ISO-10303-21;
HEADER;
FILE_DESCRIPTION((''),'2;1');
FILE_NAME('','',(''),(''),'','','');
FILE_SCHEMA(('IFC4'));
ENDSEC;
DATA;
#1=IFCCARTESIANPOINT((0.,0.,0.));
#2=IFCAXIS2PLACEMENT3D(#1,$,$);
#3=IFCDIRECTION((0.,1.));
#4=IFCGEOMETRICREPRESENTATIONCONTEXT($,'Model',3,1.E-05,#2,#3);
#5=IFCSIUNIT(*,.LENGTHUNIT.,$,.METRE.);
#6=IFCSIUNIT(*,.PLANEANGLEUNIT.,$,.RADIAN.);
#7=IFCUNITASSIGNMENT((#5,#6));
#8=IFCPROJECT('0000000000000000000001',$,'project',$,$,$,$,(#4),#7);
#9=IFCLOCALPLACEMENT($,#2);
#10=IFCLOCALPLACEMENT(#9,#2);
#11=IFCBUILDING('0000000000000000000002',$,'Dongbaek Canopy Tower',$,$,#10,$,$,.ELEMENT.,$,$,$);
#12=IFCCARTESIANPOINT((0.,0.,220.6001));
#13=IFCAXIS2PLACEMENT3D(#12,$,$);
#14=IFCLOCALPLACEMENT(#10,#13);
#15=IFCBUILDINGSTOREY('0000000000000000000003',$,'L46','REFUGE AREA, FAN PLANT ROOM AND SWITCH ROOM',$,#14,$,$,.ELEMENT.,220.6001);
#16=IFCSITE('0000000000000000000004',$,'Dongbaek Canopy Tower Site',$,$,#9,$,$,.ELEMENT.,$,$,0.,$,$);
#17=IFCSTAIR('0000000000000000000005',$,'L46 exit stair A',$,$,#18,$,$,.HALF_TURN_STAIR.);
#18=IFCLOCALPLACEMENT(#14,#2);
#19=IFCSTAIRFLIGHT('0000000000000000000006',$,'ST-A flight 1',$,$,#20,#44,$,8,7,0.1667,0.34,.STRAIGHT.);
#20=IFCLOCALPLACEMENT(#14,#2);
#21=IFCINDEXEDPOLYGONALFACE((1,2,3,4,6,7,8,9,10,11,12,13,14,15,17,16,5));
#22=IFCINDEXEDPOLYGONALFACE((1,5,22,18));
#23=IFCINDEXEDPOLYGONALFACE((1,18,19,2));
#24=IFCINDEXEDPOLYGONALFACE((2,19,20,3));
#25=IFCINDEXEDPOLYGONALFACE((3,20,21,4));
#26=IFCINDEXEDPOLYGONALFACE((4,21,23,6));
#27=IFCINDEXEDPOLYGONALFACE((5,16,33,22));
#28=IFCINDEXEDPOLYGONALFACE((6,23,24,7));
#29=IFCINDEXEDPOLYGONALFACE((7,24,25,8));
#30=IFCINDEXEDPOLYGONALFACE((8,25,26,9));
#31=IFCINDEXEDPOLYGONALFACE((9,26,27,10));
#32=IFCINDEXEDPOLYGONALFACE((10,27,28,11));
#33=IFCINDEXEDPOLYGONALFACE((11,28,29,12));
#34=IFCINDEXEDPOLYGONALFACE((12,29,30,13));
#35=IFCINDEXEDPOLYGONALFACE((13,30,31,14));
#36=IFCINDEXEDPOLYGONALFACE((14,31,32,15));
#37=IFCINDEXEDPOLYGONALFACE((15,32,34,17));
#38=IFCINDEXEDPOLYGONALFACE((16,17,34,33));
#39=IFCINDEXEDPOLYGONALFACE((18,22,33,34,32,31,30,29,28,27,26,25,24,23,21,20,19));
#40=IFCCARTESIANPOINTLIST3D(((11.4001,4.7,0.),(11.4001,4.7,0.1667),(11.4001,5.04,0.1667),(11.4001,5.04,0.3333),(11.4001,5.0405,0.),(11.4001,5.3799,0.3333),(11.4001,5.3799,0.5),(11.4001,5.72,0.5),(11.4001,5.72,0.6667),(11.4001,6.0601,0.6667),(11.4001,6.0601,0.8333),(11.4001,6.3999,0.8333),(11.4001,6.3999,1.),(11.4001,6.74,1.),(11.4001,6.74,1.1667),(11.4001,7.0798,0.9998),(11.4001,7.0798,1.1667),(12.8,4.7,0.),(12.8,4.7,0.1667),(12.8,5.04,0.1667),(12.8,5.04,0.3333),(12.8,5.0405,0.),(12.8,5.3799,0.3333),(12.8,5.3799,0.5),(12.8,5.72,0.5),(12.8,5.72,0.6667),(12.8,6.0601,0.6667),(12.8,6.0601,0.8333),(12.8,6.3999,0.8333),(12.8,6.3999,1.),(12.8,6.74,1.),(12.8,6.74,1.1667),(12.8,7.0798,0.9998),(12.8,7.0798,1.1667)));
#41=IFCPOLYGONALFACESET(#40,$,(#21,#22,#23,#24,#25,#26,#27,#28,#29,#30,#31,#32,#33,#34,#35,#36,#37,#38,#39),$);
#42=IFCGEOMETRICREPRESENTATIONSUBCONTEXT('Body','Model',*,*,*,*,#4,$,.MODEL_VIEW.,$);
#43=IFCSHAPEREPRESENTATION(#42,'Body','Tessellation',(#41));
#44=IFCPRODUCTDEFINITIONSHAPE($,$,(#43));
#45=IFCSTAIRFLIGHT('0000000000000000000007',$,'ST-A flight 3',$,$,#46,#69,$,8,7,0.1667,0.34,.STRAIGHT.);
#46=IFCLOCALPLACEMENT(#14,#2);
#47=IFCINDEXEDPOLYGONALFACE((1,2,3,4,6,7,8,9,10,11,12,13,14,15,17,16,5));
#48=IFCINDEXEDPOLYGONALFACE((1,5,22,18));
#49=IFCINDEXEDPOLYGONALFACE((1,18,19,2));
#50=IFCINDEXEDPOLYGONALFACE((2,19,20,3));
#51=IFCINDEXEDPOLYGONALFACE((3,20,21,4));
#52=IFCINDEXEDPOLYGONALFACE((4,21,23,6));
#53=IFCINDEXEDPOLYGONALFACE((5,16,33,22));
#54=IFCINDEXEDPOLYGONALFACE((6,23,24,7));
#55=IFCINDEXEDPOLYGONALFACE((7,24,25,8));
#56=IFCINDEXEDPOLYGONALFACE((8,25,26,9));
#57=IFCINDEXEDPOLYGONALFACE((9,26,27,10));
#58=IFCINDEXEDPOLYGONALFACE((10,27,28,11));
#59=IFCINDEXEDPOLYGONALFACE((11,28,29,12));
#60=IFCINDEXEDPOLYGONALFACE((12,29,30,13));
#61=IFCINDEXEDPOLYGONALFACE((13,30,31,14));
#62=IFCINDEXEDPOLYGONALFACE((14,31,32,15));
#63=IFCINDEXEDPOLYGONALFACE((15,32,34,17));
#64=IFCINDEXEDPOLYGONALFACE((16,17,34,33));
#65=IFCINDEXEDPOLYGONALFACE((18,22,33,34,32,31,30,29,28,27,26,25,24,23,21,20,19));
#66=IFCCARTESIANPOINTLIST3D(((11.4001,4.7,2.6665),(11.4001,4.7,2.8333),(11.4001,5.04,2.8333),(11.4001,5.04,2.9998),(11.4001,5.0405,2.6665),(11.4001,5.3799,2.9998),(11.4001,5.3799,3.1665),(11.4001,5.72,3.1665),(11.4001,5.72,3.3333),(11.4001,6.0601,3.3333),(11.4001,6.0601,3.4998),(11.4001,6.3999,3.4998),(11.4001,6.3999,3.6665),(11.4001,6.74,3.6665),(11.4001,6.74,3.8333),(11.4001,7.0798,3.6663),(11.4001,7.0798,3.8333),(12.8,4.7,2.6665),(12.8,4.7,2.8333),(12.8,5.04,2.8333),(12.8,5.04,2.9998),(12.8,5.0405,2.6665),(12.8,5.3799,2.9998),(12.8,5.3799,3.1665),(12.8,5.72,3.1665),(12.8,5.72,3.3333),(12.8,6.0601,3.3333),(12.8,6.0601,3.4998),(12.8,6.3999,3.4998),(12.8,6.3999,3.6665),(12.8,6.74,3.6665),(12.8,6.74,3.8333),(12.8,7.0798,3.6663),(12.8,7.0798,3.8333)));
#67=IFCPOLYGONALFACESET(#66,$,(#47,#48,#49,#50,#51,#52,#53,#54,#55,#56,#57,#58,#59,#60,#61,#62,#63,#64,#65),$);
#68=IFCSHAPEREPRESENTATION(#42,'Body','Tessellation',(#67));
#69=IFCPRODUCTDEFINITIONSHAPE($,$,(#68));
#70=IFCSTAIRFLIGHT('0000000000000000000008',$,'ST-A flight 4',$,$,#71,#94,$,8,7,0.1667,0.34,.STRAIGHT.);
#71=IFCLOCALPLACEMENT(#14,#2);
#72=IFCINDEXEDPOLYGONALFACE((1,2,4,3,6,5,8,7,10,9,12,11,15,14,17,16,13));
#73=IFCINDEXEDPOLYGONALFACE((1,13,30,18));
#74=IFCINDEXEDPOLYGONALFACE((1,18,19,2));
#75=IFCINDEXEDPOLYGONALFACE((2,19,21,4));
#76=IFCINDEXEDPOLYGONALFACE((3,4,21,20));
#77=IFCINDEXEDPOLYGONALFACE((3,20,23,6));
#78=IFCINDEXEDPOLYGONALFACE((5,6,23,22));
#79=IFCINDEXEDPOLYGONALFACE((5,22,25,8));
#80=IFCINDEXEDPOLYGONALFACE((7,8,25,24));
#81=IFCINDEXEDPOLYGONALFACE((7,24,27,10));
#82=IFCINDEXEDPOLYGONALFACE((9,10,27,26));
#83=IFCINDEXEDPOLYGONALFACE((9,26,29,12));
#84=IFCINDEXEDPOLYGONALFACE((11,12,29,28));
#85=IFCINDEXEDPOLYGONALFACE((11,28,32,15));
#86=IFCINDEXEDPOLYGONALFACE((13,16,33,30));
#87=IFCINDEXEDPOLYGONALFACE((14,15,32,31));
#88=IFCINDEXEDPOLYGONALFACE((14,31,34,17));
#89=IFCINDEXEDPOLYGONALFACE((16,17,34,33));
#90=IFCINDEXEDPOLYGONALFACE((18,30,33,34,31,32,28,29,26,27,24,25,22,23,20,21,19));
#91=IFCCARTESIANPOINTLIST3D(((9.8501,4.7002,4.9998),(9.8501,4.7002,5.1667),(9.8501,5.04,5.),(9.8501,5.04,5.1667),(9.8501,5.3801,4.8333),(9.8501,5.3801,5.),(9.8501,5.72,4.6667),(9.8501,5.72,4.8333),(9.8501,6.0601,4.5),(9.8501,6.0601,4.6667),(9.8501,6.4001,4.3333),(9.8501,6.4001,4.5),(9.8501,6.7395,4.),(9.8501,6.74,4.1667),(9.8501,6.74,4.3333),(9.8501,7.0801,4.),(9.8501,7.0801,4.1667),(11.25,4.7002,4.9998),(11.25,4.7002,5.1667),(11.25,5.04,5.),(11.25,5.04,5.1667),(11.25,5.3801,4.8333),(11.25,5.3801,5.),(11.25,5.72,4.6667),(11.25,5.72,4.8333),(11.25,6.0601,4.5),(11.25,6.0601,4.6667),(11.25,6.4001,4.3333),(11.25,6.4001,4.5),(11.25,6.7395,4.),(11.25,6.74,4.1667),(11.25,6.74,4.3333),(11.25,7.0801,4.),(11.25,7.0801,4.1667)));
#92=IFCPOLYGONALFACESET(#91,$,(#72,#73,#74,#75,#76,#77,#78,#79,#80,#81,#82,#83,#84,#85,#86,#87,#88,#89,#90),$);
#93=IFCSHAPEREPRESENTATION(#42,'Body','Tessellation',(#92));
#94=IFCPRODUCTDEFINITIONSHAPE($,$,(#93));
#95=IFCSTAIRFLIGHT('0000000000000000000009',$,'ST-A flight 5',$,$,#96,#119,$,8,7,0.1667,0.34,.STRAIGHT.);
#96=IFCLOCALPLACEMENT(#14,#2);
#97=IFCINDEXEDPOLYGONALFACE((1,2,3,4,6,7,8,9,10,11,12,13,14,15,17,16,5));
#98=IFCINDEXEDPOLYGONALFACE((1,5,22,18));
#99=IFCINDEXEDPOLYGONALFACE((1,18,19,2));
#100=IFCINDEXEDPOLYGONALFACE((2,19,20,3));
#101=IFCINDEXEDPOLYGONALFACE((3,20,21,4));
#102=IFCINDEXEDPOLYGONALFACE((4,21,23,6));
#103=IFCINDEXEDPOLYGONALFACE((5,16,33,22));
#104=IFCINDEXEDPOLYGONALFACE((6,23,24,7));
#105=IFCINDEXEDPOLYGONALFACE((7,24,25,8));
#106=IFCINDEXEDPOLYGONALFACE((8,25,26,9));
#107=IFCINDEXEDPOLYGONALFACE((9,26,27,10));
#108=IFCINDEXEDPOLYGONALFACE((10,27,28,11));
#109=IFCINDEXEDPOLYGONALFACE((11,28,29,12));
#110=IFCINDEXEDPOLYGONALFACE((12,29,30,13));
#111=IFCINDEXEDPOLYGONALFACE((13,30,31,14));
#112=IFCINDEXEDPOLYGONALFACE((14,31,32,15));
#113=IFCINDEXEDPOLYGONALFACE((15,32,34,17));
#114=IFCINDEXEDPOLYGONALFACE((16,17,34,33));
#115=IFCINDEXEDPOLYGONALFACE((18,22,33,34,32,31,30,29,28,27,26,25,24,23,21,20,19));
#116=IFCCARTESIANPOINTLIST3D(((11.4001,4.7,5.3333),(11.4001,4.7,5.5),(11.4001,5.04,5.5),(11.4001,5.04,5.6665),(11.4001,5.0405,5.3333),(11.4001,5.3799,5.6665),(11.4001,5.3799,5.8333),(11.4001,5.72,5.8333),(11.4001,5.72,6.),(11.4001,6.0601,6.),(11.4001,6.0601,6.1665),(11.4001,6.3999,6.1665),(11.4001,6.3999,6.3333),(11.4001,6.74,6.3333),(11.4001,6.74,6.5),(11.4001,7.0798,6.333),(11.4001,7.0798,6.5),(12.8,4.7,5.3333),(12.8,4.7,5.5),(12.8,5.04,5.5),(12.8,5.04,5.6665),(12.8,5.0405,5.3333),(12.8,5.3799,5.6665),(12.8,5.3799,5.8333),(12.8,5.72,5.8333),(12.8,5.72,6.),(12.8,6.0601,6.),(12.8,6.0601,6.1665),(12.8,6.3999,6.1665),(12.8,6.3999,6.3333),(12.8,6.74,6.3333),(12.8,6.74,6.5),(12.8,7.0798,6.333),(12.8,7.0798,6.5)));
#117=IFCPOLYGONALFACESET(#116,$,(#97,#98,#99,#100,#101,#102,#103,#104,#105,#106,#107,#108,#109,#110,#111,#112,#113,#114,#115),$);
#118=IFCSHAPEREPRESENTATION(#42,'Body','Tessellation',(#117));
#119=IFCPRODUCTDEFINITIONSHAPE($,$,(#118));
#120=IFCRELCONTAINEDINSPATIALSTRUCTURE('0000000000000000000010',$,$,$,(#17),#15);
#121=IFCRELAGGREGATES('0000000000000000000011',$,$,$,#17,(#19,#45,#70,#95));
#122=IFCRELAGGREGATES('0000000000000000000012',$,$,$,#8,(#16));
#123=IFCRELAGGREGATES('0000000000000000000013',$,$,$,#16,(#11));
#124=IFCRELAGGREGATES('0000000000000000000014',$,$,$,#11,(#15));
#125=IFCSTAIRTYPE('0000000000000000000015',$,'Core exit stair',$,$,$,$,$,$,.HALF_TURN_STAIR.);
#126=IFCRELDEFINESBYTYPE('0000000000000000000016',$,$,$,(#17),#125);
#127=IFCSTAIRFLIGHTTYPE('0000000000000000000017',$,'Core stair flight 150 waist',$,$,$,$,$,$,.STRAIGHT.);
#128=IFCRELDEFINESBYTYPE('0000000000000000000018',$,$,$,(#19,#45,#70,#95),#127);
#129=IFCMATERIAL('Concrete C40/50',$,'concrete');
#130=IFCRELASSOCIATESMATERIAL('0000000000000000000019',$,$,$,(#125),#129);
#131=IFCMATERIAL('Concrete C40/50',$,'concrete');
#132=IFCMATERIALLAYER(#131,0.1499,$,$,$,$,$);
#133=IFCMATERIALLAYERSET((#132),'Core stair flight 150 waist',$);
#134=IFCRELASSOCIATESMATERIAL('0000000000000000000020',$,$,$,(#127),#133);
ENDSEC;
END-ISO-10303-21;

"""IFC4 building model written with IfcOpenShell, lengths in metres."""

from ifc_helpers import new_model, si_unit, direction, frame, origin, place, context, subcontext, project, spatial, polyline, outline, extrude, material, layer, layer_set, type_object, element, aggregate, save


model = new_model("IFC4")

# Units and contexts
model_context = context("Model", 3, precision=1e-05, world=origin(), true_north=direction((0.0, 1.0)))
body_context = subcontext(model_context, "Body", "Model", "MODEL_VIEW")
ifc_project = project(units=[si_unit("LENGTHUNIT", "METRE"), si_unit("PLANEANGLEUNIT", "RADIAN")], contexts=[model_context])

# Site, building, storey
site_placement = place(None, origin())
site = spatial("IfcSite", under=ifc_project, at=site_placement, Name="Dongbaek Canopy Tower Site", CompositionType="ELEMENT", RefElevation=0.0)
building_placement = place(site_placement, origin())
building = spatial("IfcBuilding", under=site, at=building_placement, Name="Dongbaek Canopy Tower", CompositionType="ELEMENT")
storey_placement = place(building_placement, frame((0.0, 0.0, 220.6001)))
storey = spatial("IfcBuildingStorey", under=building, at=storey_placement, Name="L46", Description="REFUGE AREA, FAN PLANT ROOM AND SWITCH ROOM", CompositionType="ELEMENT", Elevation=220.6001)

# Stair, stair flights
ifc_material_1 = material(Name="Concrete C40/50", Category="concrete")
stair_type = type_object("IfcStairType", Name="Core exit stair", PredefinedType="HALF_TURN_STAIR", material=ifc_material_1)
stair_placement = place(storey_placement, origin())
stair = element("IfcStair", 1, at=stair_placement, inside=storey, type_object=stair_type, Name="L46 exit stair A", PredefinedType="HALF_TURN_STAIR")
ifc_material_2 = material(Name="Concrete C40/50", Category="concrete")
ifc_layer = layer(ifc_material_2, 0.1499)
ifc_layer_set = layer_set([ifc_layer], Name="Core stair flight 150 waist")
stair_flight_type = type_object("IfcStairFlightType", Name="Core stair flight 150 waist", PredefinedType="STRAIGHT", material=ifc_layer_set)
stair_flight_1_placement = place(storey_placement, frame((12.1001, 4.7, 0.0), z_axis=(0.0, 0.0, 1.0), x_axis=(0.0, 1.0, 0.0)))
stair_flight_1 = element("IfcStairFlight", 2, at=stair_flight_1_placement, type_object=stair_flight_type, Name="ST-A flight 1", NumberOfRisers=8, NumberOfTreads=7, PredefinedType="STRAIGHT", RiserHeight=0.1667, TreadLength=0.34, context=body_context, shape_type="SweptSolid", body=[
    extrude(outline(polyline([(0.0, 0.0), (0.0, 0.1667), (0.3401, 0.1667), (0.3401, 0.3333), (0.6799, 0.3333), (0.6799, 0.5), (1.02, 0.5), (1.02, 0.6667), (1.3601, 0.6667), (1.3601, 0.8333), (1.7, 0.8333), (1.7, 1.0), (2.04, 1.0), (2.04, 1.1667), (2.3799, 1.1667), (2.3799, 1.3333), (2.3799, 0.9998), (0.3406, 0.0), (0.0, 0.0)])), frame((0.0, 0.7, 0.0), z_axis=(0.0, -1.0, 0.0), x_axis=(1.0, 0.0, 0.0)), (0.0, 0.0, 1.0), 1.3999),
])
stair_flight_2_placement = place(storey_placement, frame((12.1001, 4.7, 2.6665), z_axis=(0.0, 0.0, 1.0), x_axis=(0.0, 1.0, 0.0)))
stair_flight_2 = element("IfcStairFlight", 3, at=stair_flight_2_placement, type_object=stair_flight_type, Name="ST-A flight 3", NumberOfRisers=8, NumberOfTreads=7, PredefinedType="STRAIGHT", RiserHeight=0.1667, TreadLength=0.34, context=body_context, shape_type="SweptSolid", body=[
    extrude(outline(polyline([(0.0, 0.0), (0.0, 0.1667), (0.3401, 0.1667), (0.3401, 0.3333), (0.6799, 0.3333), (0.6799, 0.5), (1.02, 0.5), (1.02, 0.6667), (1.3601, 0.6667), (1.3601, 0.8333), (1.7, 0.8333), (1.7, 1.0), (2.04, 1.0), (2.04, 1.1667), (2.3799, 1.1667), (2.3799, 1.3333), (2.3799, 0.9998), (0.3406, 0.0), (0.0, 0.0)])), frame((0.0, 0.7, 0.0), z_axis=(0.0, -1.0, 0.0), x_axis=(1.0, 0.0, 0.0)), (0.0, 0.0, 1.0), 1.3999),
])
stair_flight_3_placement = place(storey_placement, frame((10.55, 7.0801, 4.0), z_axis=(0.0, 0.0, 1.0), x_axis=(0.0, -1.0, 0.0)))
stair_flight_3 = element("IfcStairFlight", 4, at=stair_flight_3_placement, type_object=stair_flight_type, Name="ST-A flight 4", NumberOfRisers=8, NumberOfTreads=7, PredefinedType="STRAIGHT", RiserHeight=0.1667, TreadLength=0.34, context=body_context, shape_type="SweptSolid", body=[
    extrude(outline(polyline([(0.0, 0.0), (0.0, 0.1667), (0.3401, 0.1667), (0.3401, 0.3333), (0.6799, 0.3333), (0.6799, 0.5), (1.02, 0.5), (1.02, 0.6667), (1.3601, 0.6667), (1.3601, 0.8333), (1.7, 0.8333), (1.7, 1.0), (2.04, 1.0), (2.04, 1.1667), (2.3799, 1.1667), (2.3799, 1.3333), (2.3799, 0.9998), (0.3406, 0.0), (0.0, 0.0)])), frame((0.0, 0.7, 0.0), z_axis=(0.0, -1.0, 0.0), x_axis=(1.0, 0.0, 0.0)), (0.0, 0.0, 1.0), 1.3999),
])
stair_flight_4_placement = place(storey_placement, frame((12.1001, 4.7, 5.3333), z_axis=(0.0, 0.0, 1.0), x_axis=(0.0, 1.0, 0.0)))
stair_flight_4 = element("IfcStairFlight", 5, at=stair_flight_4_placement, type_object=stair_flight_type, Name="ST-A flight 5", NumberOfRisers=8, NumberOfTreads=7, PredefinedType="STRAIGHT", RiserHeight=0.1667, TreadLength=0.34, context=body_context, shape_type="SweptSolid", body=[
    extrude(outline(polyline([(0.0, 0.0), (0.0, 0.1667), (0.3401, 0.1667), (0.3401, 0.3333), (0.6799, 0.3333), (0.6799, 0.5), (1.02, 0.5), (1.02, 0.6667), (1.3601, 0.6667), (1.3601, 0.8333), (1.7, 0.8333), (1.7, 1.0), (2.04, 1.0), (2.04, 1.1667), (2.3799, 1.1667), (2.3799, 1.3333), (2.3799, 0.9998), (0.3406, 0.0), (0.0, 0.0)])), frame((0.0, 0.7, 0.0), z_axis=(0.0, -1.0, 0.0), x_axis=(1.0, 0.0, 0.0)), (0.0, 0.0, 1.0), 1.3999),
])
aggregate(stair, [stair_flight_1, stair_flight_2, stair_flight_3, stair_flight_4])

save(model, "model.ifc")
